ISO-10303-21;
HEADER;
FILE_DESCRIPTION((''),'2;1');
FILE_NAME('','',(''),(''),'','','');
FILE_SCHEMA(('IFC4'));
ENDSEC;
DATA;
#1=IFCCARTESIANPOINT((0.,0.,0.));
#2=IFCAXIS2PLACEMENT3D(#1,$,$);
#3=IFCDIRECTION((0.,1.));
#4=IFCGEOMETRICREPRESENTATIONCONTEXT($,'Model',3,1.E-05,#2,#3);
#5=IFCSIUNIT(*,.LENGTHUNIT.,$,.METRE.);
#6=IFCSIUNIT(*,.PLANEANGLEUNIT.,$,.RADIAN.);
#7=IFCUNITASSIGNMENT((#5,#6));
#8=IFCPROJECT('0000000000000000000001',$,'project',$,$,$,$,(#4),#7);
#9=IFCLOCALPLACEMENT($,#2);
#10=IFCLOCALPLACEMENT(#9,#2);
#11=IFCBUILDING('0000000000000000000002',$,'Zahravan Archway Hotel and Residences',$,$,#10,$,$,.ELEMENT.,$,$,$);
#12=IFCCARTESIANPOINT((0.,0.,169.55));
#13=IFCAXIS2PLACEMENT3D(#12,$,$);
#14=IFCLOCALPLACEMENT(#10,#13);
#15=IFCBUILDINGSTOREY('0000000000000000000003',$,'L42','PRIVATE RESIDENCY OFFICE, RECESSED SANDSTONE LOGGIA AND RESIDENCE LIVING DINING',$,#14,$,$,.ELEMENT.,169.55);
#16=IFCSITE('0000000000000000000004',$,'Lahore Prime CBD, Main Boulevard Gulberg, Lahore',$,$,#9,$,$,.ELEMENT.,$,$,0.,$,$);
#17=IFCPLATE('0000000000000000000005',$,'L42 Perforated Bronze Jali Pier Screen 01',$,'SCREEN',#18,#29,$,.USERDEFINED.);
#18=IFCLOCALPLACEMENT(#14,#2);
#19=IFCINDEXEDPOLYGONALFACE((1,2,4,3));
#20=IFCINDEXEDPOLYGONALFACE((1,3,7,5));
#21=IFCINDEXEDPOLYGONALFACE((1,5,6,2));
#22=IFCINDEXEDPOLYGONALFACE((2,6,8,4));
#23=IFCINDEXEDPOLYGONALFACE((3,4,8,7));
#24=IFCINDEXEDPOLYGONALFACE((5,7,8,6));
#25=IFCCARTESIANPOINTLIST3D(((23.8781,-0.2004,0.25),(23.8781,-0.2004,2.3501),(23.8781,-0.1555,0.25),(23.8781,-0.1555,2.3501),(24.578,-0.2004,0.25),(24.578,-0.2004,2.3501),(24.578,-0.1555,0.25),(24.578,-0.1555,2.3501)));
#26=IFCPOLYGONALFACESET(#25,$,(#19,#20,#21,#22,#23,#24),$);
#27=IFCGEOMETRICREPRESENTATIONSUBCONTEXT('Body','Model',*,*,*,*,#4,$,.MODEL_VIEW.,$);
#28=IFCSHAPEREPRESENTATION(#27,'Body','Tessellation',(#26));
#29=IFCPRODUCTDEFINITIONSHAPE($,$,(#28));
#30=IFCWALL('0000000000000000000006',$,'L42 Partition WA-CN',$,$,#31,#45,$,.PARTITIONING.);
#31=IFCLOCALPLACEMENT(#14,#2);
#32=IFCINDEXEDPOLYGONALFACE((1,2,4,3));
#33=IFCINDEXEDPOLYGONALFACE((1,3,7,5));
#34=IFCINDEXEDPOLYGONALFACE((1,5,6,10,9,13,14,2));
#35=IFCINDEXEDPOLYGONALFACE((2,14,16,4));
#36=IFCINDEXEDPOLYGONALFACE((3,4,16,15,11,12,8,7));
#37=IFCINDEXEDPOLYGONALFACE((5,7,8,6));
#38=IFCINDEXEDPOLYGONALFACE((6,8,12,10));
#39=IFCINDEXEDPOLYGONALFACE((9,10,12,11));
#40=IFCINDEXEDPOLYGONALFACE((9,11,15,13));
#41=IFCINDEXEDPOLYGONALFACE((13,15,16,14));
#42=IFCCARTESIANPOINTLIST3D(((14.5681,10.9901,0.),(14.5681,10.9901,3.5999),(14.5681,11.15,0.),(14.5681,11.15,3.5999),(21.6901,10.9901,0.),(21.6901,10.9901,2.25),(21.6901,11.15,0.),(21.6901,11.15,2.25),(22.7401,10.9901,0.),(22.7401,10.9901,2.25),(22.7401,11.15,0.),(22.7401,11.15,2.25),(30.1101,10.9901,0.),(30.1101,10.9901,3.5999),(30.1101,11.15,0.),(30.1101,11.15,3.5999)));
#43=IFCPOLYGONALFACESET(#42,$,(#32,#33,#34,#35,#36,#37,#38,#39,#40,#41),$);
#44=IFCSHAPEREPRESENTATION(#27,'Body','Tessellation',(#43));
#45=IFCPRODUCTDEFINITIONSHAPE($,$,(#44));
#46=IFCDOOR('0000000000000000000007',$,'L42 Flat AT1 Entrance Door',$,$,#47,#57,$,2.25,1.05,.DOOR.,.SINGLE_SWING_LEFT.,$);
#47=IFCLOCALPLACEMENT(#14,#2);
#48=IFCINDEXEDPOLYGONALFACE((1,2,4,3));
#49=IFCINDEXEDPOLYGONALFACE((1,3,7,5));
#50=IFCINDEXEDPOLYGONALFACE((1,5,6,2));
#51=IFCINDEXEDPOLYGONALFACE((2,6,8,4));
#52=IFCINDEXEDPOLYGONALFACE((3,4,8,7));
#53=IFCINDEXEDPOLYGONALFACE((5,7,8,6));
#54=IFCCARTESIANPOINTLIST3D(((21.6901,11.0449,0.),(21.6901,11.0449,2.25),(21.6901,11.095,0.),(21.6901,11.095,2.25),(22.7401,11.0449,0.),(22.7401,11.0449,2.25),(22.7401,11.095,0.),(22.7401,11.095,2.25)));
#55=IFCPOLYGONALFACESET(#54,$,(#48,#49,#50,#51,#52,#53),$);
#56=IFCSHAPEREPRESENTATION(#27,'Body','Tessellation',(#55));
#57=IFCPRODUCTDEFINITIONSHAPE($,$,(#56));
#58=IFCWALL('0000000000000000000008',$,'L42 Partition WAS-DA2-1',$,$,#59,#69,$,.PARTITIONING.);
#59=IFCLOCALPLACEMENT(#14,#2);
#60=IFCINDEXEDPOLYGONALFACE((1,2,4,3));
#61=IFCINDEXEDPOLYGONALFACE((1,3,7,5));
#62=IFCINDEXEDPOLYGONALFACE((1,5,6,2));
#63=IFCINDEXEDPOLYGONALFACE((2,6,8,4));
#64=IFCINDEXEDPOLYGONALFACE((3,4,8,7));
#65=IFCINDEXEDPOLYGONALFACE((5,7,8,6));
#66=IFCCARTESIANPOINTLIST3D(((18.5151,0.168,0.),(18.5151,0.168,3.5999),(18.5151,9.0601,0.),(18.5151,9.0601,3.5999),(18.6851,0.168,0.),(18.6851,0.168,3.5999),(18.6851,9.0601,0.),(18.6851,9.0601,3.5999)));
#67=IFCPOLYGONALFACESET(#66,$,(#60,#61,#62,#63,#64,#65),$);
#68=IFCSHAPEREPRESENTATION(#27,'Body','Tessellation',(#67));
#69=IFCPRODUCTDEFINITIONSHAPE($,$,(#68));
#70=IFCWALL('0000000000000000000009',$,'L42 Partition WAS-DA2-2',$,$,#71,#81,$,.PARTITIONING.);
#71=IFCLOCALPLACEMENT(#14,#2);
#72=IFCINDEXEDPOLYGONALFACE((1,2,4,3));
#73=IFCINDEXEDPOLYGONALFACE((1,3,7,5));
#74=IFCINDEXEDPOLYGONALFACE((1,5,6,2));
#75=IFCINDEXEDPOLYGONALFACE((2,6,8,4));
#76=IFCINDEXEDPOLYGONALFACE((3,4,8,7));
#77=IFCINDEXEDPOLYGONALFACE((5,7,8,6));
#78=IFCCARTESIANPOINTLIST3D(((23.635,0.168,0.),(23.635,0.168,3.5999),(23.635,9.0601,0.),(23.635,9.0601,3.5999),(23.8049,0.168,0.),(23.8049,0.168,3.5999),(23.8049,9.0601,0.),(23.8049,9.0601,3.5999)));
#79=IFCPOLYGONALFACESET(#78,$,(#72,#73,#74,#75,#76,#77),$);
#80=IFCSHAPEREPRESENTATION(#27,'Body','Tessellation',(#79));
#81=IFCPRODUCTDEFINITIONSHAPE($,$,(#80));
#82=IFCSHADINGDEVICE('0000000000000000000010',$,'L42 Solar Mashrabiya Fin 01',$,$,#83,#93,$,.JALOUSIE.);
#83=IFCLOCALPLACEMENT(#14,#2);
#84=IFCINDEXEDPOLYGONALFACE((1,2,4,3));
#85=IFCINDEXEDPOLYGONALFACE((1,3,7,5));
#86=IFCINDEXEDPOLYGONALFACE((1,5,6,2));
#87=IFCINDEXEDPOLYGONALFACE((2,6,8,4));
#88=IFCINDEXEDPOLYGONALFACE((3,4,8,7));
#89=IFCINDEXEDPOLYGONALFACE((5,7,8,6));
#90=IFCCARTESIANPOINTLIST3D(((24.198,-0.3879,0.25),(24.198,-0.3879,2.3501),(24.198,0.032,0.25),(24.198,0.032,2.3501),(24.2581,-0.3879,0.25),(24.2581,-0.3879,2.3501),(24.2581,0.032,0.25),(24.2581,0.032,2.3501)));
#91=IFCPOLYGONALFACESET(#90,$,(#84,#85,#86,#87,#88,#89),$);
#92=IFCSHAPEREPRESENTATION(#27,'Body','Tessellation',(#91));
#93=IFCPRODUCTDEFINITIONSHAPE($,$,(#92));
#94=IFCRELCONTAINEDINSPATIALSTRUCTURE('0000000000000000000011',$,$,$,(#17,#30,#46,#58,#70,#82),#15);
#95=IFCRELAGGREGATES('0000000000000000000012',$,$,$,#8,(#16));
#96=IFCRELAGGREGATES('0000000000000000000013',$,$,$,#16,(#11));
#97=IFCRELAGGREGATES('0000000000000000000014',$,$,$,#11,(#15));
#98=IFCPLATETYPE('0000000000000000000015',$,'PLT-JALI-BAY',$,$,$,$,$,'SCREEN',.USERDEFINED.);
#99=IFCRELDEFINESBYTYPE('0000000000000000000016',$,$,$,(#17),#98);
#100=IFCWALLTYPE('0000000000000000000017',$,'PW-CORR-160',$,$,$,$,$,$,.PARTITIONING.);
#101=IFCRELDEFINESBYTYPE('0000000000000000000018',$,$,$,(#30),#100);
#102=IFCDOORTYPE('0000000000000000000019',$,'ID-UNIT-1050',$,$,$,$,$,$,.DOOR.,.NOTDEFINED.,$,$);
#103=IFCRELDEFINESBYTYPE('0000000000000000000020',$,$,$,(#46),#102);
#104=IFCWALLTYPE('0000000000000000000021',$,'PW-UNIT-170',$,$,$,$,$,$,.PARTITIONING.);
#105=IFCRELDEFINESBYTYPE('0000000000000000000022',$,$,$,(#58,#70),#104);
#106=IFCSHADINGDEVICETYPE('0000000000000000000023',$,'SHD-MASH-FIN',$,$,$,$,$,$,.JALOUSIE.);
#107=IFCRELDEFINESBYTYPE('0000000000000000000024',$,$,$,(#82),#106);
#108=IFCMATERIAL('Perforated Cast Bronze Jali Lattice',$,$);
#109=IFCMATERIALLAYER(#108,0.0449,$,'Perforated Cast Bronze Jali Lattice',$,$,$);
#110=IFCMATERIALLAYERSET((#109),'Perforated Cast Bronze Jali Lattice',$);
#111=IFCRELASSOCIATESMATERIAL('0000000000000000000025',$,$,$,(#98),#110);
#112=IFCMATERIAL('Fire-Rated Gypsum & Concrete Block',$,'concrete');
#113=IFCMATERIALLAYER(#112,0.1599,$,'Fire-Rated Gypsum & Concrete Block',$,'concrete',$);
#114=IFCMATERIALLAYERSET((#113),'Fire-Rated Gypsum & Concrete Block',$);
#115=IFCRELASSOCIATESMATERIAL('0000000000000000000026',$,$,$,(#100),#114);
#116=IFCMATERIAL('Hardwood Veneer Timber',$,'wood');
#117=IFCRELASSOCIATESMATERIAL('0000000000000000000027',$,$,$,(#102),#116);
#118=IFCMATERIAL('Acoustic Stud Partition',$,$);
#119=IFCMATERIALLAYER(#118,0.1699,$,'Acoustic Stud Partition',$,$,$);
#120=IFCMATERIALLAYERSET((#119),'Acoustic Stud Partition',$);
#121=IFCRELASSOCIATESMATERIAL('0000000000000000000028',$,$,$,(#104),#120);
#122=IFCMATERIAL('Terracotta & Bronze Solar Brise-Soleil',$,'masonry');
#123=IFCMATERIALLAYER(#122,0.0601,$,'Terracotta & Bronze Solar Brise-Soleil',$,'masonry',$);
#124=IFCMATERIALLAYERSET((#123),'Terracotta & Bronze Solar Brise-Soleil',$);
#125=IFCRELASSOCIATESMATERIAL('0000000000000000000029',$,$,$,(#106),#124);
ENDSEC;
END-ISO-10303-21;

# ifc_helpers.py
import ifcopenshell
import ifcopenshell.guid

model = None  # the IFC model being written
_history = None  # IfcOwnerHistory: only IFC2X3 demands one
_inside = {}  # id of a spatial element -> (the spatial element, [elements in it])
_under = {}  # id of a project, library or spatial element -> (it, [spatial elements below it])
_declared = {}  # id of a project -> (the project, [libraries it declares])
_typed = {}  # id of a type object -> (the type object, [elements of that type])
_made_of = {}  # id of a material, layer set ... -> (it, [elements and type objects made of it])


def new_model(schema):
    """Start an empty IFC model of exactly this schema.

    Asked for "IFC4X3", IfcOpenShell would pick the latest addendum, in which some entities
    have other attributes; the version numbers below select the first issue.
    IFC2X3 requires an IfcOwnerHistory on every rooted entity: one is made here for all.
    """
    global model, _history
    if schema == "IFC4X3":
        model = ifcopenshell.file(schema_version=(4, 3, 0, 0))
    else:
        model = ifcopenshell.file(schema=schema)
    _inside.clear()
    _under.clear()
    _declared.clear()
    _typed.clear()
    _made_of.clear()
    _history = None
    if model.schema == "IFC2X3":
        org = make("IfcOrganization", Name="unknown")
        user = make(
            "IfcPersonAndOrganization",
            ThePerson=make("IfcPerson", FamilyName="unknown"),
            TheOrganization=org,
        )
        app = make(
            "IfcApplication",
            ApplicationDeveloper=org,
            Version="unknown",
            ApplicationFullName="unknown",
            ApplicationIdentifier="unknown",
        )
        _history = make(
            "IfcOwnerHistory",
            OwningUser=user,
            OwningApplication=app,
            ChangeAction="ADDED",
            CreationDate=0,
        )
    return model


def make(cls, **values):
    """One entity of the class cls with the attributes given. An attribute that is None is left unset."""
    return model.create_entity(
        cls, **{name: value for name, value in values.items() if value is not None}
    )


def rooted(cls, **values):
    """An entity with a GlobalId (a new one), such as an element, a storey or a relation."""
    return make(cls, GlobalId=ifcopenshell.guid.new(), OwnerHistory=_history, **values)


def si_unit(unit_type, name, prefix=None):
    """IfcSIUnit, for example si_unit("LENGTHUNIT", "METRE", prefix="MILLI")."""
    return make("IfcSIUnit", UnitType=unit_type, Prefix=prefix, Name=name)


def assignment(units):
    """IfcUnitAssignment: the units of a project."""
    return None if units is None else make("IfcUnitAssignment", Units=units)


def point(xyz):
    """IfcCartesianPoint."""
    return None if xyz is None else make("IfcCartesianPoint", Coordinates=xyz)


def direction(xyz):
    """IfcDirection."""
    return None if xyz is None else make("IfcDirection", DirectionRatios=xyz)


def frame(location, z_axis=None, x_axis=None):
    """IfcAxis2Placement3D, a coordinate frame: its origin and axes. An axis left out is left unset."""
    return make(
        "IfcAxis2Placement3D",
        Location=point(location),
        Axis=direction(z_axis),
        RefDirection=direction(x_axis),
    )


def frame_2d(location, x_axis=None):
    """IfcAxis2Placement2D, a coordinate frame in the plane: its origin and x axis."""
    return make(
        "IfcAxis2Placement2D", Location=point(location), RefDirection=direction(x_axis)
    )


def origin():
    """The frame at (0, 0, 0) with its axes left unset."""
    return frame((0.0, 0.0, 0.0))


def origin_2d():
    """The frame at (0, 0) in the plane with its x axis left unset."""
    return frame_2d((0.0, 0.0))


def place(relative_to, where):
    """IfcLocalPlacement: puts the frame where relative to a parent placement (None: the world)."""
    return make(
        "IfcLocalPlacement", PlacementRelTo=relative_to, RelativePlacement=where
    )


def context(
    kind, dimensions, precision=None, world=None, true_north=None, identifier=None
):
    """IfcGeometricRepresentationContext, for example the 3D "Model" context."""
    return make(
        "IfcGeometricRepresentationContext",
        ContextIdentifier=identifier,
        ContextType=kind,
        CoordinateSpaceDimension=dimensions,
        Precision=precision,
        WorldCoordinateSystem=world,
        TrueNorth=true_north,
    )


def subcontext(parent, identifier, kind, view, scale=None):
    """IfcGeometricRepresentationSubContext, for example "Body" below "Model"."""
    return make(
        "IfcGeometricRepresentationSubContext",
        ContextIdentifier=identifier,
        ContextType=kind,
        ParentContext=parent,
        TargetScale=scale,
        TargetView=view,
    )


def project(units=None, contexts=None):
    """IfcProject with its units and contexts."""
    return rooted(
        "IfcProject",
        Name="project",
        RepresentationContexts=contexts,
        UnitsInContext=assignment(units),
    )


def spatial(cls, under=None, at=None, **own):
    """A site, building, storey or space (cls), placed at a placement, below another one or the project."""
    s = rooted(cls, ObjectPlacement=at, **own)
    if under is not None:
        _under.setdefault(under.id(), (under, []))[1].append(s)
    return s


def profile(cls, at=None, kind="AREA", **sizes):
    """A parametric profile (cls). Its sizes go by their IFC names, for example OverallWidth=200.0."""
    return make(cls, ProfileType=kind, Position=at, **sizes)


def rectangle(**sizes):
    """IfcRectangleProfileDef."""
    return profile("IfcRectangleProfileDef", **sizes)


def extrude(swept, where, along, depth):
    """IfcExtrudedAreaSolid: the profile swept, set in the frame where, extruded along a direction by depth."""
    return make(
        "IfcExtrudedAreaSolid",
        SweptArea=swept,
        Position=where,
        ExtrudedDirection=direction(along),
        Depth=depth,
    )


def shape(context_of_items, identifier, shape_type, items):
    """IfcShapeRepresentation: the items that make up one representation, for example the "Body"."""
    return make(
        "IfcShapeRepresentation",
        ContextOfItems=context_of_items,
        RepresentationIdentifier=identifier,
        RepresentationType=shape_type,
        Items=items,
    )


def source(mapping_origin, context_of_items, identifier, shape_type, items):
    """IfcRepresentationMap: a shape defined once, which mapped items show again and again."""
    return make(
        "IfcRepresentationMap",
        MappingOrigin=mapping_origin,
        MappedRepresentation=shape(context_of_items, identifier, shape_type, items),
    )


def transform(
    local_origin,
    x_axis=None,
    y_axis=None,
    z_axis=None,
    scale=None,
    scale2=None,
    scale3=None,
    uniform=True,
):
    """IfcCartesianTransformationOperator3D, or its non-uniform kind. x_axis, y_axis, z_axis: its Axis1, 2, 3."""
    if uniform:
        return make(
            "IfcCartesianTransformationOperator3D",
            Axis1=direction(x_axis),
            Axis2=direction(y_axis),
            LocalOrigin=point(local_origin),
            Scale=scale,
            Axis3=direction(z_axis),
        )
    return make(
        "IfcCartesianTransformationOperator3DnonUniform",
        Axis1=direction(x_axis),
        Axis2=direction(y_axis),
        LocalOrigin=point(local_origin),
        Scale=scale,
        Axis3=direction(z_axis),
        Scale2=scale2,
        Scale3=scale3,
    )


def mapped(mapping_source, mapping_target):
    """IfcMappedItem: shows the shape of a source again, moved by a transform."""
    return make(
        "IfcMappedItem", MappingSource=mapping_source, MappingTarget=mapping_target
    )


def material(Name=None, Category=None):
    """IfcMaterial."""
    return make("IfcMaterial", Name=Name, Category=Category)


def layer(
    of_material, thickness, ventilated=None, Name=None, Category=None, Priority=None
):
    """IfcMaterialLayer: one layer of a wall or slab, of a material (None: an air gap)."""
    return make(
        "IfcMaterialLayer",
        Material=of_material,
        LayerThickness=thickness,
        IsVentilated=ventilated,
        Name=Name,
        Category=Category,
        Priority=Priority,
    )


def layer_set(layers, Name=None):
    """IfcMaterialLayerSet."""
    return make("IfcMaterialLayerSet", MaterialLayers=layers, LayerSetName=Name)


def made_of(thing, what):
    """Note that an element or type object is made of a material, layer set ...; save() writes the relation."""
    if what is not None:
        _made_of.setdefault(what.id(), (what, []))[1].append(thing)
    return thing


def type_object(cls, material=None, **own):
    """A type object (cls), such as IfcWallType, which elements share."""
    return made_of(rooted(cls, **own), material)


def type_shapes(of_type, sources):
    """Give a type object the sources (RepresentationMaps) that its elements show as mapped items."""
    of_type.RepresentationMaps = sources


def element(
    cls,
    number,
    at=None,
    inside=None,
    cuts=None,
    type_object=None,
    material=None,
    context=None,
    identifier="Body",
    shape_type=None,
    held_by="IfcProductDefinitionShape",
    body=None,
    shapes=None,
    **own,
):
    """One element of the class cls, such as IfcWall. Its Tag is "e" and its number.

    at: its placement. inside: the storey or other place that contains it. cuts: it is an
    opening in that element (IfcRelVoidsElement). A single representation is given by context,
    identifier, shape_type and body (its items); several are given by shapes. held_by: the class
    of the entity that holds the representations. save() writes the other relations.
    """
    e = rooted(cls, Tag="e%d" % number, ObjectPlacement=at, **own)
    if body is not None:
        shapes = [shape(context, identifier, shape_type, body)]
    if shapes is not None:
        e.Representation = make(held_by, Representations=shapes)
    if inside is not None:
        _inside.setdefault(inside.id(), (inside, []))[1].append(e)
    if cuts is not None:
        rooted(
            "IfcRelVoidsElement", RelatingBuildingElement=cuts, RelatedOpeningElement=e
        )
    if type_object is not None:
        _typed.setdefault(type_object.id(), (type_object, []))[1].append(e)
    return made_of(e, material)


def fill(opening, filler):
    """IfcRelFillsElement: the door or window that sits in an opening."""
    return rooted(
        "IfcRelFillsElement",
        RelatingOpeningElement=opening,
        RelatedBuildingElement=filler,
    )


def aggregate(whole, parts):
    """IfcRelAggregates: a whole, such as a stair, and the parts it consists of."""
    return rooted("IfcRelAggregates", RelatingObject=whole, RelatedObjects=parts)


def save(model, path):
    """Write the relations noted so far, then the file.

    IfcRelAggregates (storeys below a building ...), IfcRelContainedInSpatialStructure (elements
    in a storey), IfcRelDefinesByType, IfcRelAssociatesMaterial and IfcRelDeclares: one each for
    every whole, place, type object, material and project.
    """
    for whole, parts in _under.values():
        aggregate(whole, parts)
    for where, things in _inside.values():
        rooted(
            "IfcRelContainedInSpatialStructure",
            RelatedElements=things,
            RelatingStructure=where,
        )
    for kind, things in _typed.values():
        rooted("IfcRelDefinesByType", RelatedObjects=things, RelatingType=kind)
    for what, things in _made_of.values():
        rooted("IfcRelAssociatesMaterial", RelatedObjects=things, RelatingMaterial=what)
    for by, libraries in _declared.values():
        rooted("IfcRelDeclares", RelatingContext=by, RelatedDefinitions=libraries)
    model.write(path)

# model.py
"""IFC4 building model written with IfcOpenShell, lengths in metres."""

from ifc_helpers import new_model, si_unit, direction, frame, frame_2d, origin, origin_2d, place, context, subcontext, project, spatial, rectangle, extrude, source, transform, mapped, material, layer, layer_set, type_object, type_shapes, element, fill, save


model = new_model("IFC4")

# Units and contexts
model_context = context("Model", 3, precision=1e-05, world=origin(), true_north=direction((0.0, 1.0)))
body_context = subcontext(model_context, "Body", "Model", "MODEL_VIEW")
ifc_project = project(units=[si_unit("LENGTHUNIT", "METRE"), si_unit("PLANEANGLEUNIT", "RADIAN")], contexts=[model_context])

# Site, building, storey
site_placement = place(None, origin())
site = spatial("IfcSite", under=ifc_project, at=site_placement, Name="Lahore Prime CBD, Main Boulevard Gulberg, Lahore", CompositionType="ELEMENT", RefElevation=0.0)
building_placement = place(site_placement, origin())
building = spatial("IfcBuilding", under=site, at=building_placement, Name="Zahravan Archway Hotel and Residences", CompositionType="ELEMENT")
storey_placement = place(building_placement, frame((0.0, 0.0, 169.55)))
storey = spatial("IfcBuildingStorey", under=building, at=storey_placement, Name="L42", Description="PRIVATE RESIDENCY OFFICE, RECESSED SANDSTONE LOGGIA AND RESIDENCE LIVING DINING", CompositionType="ELEMENT", Elevation=169.55)

# Plate
ifc_material_1 = material(Name="Perforated Cast Bronze Jali Lattice")
ifc_layer_1 = layer(ifc_material_1, 0.0449, Name="Perforated Cast Bronze Jali Lattice")
ifc_layer_set_1 = layer_set([ifc_layer_1], Name="Perforated Cast Bronze Jali Lattice")
plate_type = type_object("IfcPlateType", Name="PLT-JALI-BAY", ElementType="SCREEN", PredefinedType="USERDEFINED", material=ifc_layer_set_1)
shared_shape_1 = source(origin(), body_context, "Body", "SweptSolid", [
    extrude(rectangle(XDim=0.7, YDim=0.0449, at=origin_2d()), origin(), (0.0, 0.0, 1.0), 2.1001),
])
type_shapes(plate_type, [shared_shape_1])
plate_placement = place(storey_placement, frame((24.228, -0.178, 0.25), z_axis=(0.0, 0.0, 1.0), x_axis=(1.0, 0.0, 0.0)))
element("IfcPlate", 1, at=plate_placement, inside=storey, type_object=plate_type, Name="L42 Perforated Bronze Jali Pier Screen 01", ObjectType="SCREEN", PredefinedType="USERDEFINED", context=body_context, shape_type="MappedRepresentation", body=[
    mapped(shared_shape_1, transform((0.0, 0.0, 0.0), scale=1.0)),
])

# Wall, opening, door
ifc_material_2 = material(Name="Fire-Rated Gypsum & Concrete Block", Category="concrete")
ifc_layer_2 = layer(ifc_material_2, 0.1599, Name="Fire-Rated Gypsum & Concrete Block", Category="concrete")
ifc_layer_set_2 = layer_set([ifc_layer_2], Name="Fire-Rated Gypsum & Concrete Block")
wall_type_1 = type_object("IfcWallType", Name="PW-CORR-160", PredefinedType="PARTITIONING", material=ifc_layer_set_2)
wall_1_placement = place(storey_placement, frame((14.5681, 11.0701, 0.0), z_axis=(0.0, 0.0, 1.0), x_axis=(1.0, 0.0, 0.0)))
wall_1 = element("IfcWall", 2, at=wall_1_placement, inside=storey, type_object=wall_type_1, Name="L42 Partition WA-CN", PredefinedType="PARTITIONING", context=body_context, shape_type="SweptSolid", body=[
    extrude(rectangle(XDim=15.542, YDim=0.1599, at=frame_2d((7.771, 0.0))), origin(), (0.0, 0.0, 1.0), 3.5999),
])
opening_1_placement = place(wall_1_placement, frame((7.1221, 0.0, 0.0)))
opening_1 = element("IfcOpeningElement", 3, at=opening_1_placement, cuts=wall_1, PredefinedType="OPENING", context=body_context, shape_type="SweptSolid", body=[
    extrude(rectangle(XDim=1.05, YDim=2.25, at=frame_2d((0.5249, 1.125))), frame((0.0, 0.0898, 0.0), z_axis=(0.0, -1.0, 0.0), x_axis=(1.0, 0.0, 0.0)), (0.0, 0.0, 1.0), 0.1799),
])
ifc_material_3 = material(Name="Hardwood Veneer Timber", Category="wood")
door_type_1 = type_object("IfcDoorType", Name="ID-UNIT-1050", OperationType="NOTDEFINED", PredefinedType="DOOR", material=ifc_material_3)
shared_shape_2 = source(origin(), body_context, "Body", "SweptSolid", [
    extrude(rectangle(XDim=1.05, YDim=2.25, at=frame_2d((0.5249, 1.125))), frame((0.0, 0.0249, 0.0), z_axis=(0.0, -1.0, 0.0), x_axis=(1.0, 0.0, 0.0)), (0.0, 0.0, 1.0), 0.05),
])
type_shapes(door_type_1, [shared_shape_2])
door_1_placement = place(opening_1_placement, origin())
door_1 = element("IfcDoor", 4, at=door_1_placement, inside=storey, type_object=door_type_1, Name="L42 Flat AT1 Entrance Door", OperationType="SINGLE_SWING_LEFT", OverallHeight=2.25, OverallWidth=1.05, PredefinedType="DOOR", context=body_context, shape_type="MappedRepresentation", body=[
    mapped(shared_shape_2, transform((0.0, 0.0, 0.0), scale=1.0)),
])
fill(opening_1, door_1)

# Walls
ifc_material_4 = material(Name="Acoustic Stud Partition")
ifc_layer_3 = layer(ifc_material_4, 0.1699, Name="Acoustic Stud Partition")
ifc_layer_set_3 = layer_set([ifc_layer_3], Name="Acoustic Stud Partition")
wall_type_2 = type_object("IfcWallType", Name="PW-UNIT-170", PredefinedType="PARTITIONING", material=ifc_layer_set_3)
for number, where, z_axis, x_axis, name in (
    (5, (18.6001, 0.168, 0.0), (0.0, 0.0, 1.0), (0.0, 1.0, 0.0), "L42 Partition WAS-DA2-1"),
    (6, (23.72, 0.168, 0.0), (0.0, 0.0, 1.0), (0.0, 1.0, 0.0), "L42 Partition WAS-DA2-2"),
):
    element("IfcWall", number, at=place(storey_placement, frame(where, z_axis=z_axis, x_axis=x_axis)), inside=storey, type_object=wall_type_2, Name=name, PredefinedType="PARTITIONING", context=body_context, shape_type="SweptSolid", body=[
        extrude(rectangle(XDim=8.8921, YDim=0.1699, at=frame_2d((4.446, 0.0))), origin(), (0.0, 0.0, 1.0), 3.5999),
    ])

# Shading device
ifc_material_5 = material(Name="Terracotta & Bronze Solar Brise-Soleil", Category="masonry")
ifc_layer_4 = layer(ifc_material_5, 0.0601, Name="Terracotta & Bronze Solar Brise-Soleil", Category="masonry")
ifc_layer_set_4 = layer_set([ifc_layer_4], Name="Terracotta & Bronze Solar Brise-Soleil")
shading_device_type = type_object("IfcShadingDeviceType", Name="SHD-MASH-FIN", PredefinedType="JALOUSIE", material=ifc_layer_set_4)
shared_shape_3 = source(origin(), body_context, "Body", "SweptSolid", [
    extrude(rectangle(XDim=0.0601, YDim=0.4199, at=origin_2d()), origin(), (0.0, 0.0, 1.0), 2.1001),
])
type_shapes(shading_device_type, [shared_shape_3])
shading_device_placement = place(storey_placement, frame((24.228, -0.178, 0.25), z_axis=(0.0, 0.0, 1.0), x_axis=(1.0, 0.0, 0.0)))
element("IfcShadingDevice", 7, at=shading_device_placement, inside=storey, type_object=shading_device_type, Name="L42 Solar Mashrabiya Fin 01", PredefinedType="JALOUSIE", context=body_context, shape_type="MappedRepresentation", body=[
    mapped(shared_shape_3, transform((0.0, 0.0, 0.0), scale=1.0)),
])

save(model, "model.ifc")
